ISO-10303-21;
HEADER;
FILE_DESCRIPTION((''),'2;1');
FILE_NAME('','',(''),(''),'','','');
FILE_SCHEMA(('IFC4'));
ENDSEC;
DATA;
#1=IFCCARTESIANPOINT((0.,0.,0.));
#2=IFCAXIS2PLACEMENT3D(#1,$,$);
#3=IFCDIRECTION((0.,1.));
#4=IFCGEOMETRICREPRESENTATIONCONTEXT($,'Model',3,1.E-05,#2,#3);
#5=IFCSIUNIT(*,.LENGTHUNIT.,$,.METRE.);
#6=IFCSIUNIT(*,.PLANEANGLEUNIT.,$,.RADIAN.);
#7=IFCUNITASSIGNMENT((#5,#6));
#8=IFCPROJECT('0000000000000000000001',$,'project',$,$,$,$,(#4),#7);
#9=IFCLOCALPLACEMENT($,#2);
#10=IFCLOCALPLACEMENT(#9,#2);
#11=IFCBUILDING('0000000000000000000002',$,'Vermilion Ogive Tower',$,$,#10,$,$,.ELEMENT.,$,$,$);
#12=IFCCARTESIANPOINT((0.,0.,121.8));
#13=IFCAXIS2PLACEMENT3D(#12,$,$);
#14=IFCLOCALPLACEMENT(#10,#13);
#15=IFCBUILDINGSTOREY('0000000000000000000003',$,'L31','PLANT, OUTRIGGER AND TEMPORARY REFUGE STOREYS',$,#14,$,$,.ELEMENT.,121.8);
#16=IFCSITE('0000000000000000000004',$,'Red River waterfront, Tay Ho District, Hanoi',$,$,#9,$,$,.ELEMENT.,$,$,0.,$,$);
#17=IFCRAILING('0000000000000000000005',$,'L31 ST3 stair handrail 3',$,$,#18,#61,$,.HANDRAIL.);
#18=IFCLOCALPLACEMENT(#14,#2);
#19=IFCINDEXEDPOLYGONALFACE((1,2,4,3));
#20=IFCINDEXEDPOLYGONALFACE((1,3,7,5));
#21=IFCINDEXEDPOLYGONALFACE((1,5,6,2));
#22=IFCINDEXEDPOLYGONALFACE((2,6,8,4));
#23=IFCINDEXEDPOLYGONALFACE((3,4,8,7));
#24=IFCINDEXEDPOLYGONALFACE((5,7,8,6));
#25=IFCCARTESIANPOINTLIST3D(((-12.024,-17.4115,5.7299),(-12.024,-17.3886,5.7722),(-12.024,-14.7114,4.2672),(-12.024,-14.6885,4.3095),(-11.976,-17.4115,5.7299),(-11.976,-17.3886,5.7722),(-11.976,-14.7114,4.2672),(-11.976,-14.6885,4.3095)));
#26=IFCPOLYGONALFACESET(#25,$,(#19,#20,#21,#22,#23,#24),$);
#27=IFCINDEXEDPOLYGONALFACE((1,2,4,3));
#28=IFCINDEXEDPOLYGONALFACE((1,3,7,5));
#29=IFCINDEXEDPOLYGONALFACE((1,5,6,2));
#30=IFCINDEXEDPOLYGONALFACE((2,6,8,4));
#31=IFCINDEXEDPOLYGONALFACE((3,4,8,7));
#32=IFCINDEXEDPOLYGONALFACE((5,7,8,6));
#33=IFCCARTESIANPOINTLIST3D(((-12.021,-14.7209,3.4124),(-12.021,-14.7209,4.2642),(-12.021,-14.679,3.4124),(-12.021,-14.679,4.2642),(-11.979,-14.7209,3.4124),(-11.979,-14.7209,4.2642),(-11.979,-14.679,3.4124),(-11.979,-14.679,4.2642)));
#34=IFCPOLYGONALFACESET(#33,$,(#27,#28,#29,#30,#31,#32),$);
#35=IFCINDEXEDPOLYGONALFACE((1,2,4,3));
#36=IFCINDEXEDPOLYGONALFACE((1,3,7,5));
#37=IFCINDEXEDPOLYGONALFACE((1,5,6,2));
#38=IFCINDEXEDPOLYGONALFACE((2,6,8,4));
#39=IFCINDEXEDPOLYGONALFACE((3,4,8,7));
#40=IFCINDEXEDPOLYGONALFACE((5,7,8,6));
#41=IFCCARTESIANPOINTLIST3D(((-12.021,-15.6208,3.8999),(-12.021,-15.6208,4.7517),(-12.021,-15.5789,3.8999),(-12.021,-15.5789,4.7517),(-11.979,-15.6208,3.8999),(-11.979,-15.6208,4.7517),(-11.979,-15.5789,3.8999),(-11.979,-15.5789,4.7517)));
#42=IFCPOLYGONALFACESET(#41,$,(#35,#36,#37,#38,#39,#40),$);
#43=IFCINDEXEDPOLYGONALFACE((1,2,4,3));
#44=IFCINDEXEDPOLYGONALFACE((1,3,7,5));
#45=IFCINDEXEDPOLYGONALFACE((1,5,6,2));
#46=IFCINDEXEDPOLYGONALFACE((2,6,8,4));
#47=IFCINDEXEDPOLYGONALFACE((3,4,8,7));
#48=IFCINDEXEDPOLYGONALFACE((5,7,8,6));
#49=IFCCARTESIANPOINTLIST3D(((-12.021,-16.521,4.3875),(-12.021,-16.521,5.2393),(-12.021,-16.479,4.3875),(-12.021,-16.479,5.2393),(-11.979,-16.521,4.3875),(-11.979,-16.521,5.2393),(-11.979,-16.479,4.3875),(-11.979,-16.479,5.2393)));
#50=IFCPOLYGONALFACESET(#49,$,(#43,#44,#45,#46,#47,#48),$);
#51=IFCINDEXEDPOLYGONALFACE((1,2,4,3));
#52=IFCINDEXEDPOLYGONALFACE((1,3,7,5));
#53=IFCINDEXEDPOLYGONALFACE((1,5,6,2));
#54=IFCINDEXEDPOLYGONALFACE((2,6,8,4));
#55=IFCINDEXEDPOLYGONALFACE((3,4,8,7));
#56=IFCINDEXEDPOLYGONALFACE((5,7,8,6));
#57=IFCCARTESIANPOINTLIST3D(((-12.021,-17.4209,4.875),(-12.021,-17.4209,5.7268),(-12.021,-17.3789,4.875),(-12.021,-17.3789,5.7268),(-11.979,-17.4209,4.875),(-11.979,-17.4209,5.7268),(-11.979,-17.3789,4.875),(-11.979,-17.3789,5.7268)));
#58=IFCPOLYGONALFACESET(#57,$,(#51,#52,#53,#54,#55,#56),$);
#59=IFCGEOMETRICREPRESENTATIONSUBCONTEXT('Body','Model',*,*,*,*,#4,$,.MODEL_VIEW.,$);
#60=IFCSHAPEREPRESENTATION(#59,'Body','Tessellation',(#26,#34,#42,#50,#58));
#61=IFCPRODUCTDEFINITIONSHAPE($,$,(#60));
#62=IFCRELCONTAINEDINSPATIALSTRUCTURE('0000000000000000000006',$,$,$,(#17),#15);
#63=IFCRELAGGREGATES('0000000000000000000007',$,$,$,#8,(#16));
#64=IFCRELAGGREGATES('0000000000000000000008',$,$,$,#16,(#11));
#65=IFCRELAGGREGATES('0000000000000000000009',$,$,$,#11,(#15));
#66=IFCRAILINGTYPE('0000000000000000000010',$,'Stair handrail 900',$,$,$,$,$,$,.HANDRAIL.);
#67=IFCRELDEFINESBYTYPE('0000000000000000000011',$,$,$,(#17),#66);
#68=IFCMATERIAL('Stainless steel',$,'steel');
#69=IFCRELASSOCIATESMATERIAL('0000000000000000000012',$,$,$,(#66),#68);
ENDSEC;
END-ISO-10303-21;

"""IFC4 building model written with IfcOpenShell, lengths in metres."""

from ifc_helpers import new_model, si_unit, direction, frame, origin, origin_2d, place, context, subcontext, project, spatial, rectangle, extrude, material, type_object, element, save


model = new_model("IFC4")

# Units and contexts
model_context = context("Model", 3, precision=1e-05, world=origin(), true_north=direction((0.0, 1.0)))
body_context = subcontext(model_context, "Body", "Model", "MODEL_VIEW")
ifc_project = project(units=[si_unit("LENGTHUNIT", "METRE"), si_unit("PLANEANGLEUNIT", "RADIAN")], contexts=[model_context])

# Site, building, storey
site_placement = place(None, origin())
site = spatial("IfcSite", under=ifc_project, at=site_placement, Name="Red River waterfront, Tay Ho District, Hanoi", CompositionType="ELEMENT", RefElevation=0.0)
building_placement = place(site_placement, origin())
building = spatial("IfcBuilding", under=site, at=building_placement, Name="Vermilion Ogive Tower", CompositionType="ELEMENT")
storey_placement = place(building_placement, frame((0.0, 0.0, 121.8)))
storey = spatial("IfcBuildingStorey", under=building, at=storey_placement, Name="L31", Description="PLANT, OUTRIGGER AND TEMPORARY REFUGE STOREYS", CompositionType="ELEMENT", Elevation=121.8)

# Railing
ifc_material_1 = material(Name="Stainless steel", Category="steel")
railing_type_1 = type_object("IfcRailingType", Name="Stair handrail 900", PredefinedType="HANDRAIL", material=ifc_material_1)
for number, where, name in (
    (1, (-12.0, -14.7, 3.4124), "L31 ST3 stair handrail 3"),
):
    element("IfcRailing", number, at=place(storey_placement, frame(where)), inside=storey, type_object=railing_type_1, Name=name, PredefinedType="HANDRAIL", context=body_context, shape_type="SweptSolid", body=[
        extrude(rectangle(XDim=0.0481, YDim=0.0481, at=origin_2d()), frame((0.0, 0.0, 0.876), z_axis=(0.0, -0.879268, 0.476327), x_axis=(1.0, 0.0, 0.0)), (0.0, 0.0, 1.0), 3.0708),
        extrude(rectangle(XDim=0.042, YDim=0.042, at=origin_2d()), origin(), (0.0, 0.0, 1.0), 0.8518),
        extrude(rectangle(XDim=0.042, YDim=0.042, at=origin_2d()), frame((0.0, -0.8999, 0.4875)), (0.0, 0.0, 1.0), 0.8518),
        extrude(rectangle(XDim=0.042, YDim=0.042, at=origin_2d()), frame((0.0, -1.8, 0.9751)), (0.0, 0.0, 1.0), 0.8518),
        extrude(rectangle(XDim=0.042, YDim=0.042, at=origin_2d()), frame((0.0, -2.7, 1.4626)), (0.0, 0.0, 1.0), 0.8518),
    ])

save(model, "model.ifc")
